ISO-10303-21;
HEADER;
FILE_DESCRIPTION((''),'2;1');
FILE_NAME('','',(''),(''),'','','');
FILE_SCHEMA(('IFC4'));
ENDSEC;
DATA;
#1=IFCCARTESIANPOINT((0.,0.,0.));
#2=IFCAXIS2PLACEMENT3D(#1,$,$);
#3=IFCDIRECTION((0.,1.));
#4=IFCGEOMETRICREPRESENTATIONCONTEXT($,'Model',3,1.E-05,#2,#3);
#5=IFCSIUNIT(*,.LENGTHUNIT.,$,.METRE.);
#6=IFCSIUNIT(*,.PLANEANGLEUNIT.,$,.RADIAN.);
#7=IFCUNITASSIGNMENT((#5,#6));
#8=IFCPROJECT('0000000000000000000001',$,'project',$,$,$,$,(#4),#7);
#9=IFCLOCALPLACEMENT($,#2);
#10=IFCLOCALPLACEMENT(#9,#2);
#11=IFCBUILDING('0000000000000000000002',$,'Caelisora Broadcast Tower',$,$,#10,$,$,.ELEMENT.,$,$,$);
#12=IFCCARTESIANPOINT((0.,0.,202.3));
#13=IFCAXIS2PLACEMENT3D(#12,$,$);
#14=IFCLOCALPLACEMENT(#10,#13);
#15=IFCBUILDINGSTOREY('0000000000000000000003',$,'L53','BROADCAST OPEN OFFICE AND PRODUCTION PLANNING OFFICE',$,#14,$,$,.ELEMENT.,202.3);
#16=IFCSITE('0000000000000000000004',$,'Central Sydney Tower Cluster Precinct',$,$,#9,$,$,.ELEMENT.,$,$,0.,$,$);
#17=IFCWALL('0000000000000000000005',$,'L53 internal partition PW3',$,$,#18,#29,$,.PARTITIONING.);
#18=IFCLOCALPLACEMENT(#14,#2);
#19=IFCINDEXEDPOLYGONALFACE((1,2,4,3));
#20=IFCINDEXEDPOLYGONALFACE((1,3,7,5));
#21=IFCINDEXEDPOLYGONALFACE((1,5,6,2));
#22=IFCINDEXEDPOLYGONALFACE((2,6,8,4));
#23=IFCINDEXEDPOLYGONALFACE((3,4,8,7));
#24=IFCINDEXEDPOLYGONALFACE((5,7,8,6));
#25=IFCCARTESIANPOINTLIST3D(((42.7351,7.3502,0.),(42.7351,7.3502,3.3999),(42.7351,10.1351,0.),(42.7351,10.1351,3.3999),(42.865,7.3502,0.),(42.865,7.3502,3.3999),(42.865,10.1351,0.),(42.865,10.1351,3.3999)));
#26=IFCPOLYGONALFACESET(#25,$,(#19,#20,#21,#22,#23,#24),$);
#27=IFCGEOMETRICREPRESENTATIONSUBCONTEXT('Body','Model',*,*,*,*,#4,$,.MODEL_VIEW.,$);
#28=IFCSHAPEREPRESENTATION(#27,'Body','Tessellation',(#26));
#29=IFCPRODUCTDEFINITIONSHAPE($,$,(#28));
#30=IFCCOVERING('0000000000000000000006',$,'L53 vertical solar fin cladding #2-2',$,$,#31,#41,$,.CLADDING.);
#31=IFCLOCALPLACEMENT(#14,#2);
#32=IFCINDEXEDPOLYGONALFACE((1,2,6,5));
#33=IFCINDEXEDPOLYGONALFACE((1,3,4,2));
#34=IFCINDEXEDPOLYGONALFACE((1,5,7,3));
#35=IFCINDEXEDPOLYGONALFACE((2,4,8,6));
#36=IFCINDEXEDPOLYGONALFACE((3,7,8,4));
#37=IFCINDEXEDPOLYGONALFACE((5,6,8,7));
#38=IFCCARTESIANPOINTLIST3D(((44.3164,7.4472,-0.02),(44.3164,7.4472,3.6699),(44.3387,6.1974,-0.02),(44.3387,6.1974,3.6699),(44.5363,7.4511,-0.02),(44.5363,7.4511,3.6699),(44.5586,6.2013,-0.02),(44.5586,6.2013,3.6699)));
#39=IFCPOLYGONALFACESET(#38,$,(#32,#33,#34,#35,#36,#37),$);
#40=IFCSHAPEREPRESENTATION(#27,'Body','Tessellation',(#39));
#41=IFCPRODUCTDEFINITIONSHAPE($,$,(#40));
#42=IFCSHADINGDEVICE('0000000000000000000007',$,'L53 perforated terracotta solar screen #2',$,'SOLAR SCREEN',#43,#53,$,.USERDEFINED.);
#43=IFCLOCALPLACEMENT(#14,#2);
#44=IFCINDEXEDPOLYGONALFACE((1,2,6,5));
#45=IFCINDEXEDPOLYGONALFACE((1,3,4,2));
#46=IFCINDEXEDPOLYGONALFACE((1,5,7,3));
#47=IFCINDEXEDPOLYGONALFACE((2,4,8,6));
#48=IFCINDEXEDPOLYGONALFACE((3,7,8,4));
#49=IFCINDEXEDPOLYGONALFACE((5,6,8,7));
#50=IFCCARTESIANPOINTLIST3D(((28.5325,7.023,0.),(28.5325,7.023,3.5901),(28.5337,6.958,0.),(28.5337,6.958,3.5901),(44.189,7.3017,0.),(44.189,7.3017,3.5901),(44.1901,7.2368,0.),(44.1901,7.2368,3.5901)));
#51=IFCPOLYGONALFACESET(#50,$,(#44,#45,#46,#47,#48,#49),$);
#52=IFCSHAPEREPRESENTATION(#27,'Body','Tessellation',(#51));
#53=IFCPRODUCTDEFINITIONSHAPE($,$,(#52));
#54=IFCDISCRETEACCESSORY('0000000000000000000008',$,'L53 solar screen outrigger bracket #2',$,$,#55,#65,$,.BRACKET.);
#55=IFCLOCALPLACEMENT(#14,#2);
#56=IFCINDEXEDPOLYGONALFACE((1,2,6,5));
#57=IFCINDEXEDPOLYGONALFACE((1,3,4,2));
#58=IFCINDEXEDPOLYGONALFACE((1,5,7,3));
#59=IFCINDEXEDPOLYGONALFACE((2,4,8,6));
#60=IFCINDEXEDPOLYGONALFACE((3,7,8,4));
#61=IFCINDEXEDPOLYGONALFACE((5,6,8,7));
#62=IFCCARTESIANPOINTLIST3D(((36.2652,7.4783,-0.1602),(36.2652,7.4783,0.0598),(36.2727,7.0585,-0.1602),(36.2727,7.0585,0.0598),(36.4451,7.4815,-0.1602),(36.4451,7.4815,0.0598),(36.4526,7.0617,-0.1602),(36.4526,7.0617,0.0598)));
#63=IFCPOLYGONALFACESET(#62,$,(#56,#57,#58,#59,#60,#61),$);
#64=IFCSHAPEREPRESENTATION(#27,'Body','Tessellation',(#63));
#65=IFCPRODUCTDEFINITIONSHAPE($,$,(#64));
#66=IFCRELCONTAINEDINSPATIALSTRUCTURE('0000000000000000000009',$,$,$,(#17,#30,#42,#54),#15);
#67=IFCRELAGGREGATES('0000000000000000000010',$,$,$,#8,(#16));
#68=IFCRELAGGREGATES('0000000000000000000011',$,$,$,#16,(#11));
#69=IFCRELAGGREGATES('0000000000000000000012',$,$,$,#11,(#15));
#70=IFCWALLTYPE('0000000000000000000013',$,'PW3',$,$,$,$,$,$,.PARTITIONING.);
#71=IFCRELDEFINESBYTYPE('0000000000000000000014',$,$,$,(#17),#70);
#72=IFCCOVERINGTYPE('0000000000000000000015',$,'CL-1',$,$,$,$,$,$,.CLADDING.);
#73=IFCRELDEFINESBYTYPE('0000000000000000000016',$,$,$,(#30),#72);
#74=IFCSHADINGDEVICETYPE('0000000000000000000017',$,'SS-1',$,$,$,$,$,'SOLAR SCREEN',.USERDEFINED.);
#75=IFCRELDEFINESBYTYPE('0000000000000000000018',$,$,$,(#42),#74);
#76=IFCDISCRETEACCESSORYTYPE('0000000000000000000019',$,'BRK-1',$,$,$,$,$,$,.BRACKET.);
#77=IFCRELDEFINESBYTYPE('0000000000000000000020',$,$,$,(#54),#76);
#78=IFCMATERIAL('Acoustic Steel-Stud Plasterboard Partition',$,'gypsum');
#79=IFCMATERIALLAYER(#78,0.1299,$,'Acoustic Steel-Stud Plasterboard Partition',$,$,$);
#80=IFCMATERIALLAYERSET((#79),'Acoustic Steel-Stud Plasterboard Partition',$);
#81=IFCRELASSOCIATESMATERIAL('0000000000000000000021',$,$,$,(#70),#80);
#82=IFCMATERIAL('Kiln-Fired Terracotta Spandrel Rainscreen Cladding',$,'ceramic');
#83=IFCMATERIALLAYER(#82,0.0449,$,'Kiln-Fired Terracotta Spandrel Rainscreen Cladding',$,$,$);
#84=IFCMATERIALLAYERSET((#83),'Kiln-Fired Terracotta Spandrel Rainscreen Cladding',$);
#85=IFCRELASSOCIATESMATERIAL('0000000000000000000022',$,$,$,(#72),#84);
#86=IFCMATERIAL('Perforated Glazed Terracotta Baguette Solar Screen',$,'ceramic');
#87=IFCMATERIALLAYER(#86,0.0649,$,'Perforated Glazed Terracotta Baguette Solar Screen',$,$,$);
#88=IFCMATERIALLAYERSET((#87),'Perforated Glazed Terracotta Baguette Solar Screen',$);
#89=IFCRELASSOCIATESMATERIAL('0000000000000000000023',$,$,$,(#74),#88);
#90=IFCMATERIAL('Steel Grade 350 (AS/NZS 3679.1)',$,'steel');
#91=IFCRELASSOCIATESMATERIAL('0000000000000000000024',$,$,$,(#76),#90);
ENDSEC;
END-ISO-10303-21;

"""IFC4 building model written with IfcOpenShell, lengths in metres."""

from ifc_helpers import new_model, si_unit, direction, frame, frame_2d, origin, origin_2d, place, context, subcontext, project, spatial, rectangle, extrude, source, transform, mapped, material, layer, layer_set, type_object, type_shapes, element, save


model = new_model("IFC4")

# Units and contexts
model_context = context("Model", 3, precision=1e-05, world=origin(), true_north=direction((0.0, 1.0)))
body_context = subcontext(model_context, "Body", "Model", "MODEL_VIEW")
ifc_project = project(units=[si_unit("LENGTHUNIT", "METRE"), si_unit("PLANEANGLEUNIT", "RADIAN")], contexts=[model_context])

# Site, building, storey
site_placement = place(None, origin())
site = spatial("IfcSite", under=ifc_project, at=site_placement, Name="Central Sydney Tower Cluster Precinct", CompositionType="ELEMENT", RefElevation=0.0)
building_placement = place(site_placement, origin())
building = spatial("IfcBuilding", under=site, at=building_placement, Name="Caelisora Broadcast Tower", CompositionType="ELEMENT")
storey_placement = place(building_placement, frame((0.0, 0.0, 202.3)))
storey = spatial("IfcBuildingStorey", under=building, at=storey_placement, Name="L53", Description="BROADCAST OPEN OFFICE AND PRODUCTION PLANNING OFFICE", CompositionType="ELEMENT", Elevation=202.3)

# Shared definitions
ifc_material_1 = material(Name="Steel Grade 350 (AS/NZS 3679.1)", Category="steel")

# Shared definitions
ifc_material_2 = material(Name="Acoustic Steel-Stud Plasterboard Partition", Category="gypsum")
ifc_layer_1 = layer(ifc_material_2, 0.1299, Name="Acoustic Steel-Stud Plasterboard Partition")
ifc_layer_set_1 = layer_set([ifc_layer_1], Name="Acoustic Steel-Stud Plasterboard Partition")
wall_type = type_object("IfcWallType", Name="PW3", PredefinedType="PARTITIONING", material=ifc_layer_set_1)

# Wall
wall_1_placement = place(storey_placement, frame((42.8, 7.3501, 0.0), z_axis=(0.0, 0.0, 1.0), x_axis=(0.0, 1.0, 0.0)))
element("IfcWall", 1, at=wall_1_placement, inside=storey, type_object=wall_type, Name="L53 internal partition PW3", PredefinedType="PARTITIONING", context=body_context, shape_type="SweptSolid", body=[
    extrude(rectangle(XDim=2.7849, YDim=0.1299, at=frame_2d((1.3926, 0.0))), origin(), (0.0, 0.0, 1.0), 3.3999),
])

# Covering
ifc_material_3 = material(Name="Kiln-Fired Terracotta Spandrel Rainscreen Cladding", Category="ceramic")
ifc_layer_2 = layer(ifc_material_3, 0.0449, Name="Kiln-Fired Terracotta Spandrel Rainscreen Cladding")
ifc_layer_set_2 = layer_set([ifc_layer_2], Name="Kiln-Fired Terracotta Spandrel Rainscreen Cladding")
covering_type = type_object("IfcCoveringType", Name="CL-1", PredefinedType="CLADDING", material=ifc_layer_set_2)
shared_shape_1 = source(origin(), body_context, "Body", "SweptSolid", [
    extrude(rectangle(XDim=0.22, YDim=1.25, at=origin_2d()), origin(), (0.0, 0.0, 1.0), 3.6899),
])
type_shapes(covering_type, [shared_shape_1])
covering_placement = place(storey_placement, frame((44.4375, 6.8242, -0.02), z_axis=(0.0, 0.0, 1.0), x_axis=(-0.999842, -0.017801, 0.0)))
element("IfcCovering", 2, at=covering_placement, inside=storey, type_object=covering_type, Name="L53 vertical solar fin cladding #2-2", PredefinedType="CLADDING", context=body_context, shape_type="MappedRepresentation", body=[
    mapped(shared_shape_1, transform((0.0, 0.0, 0.0), scale=1.0)),
])

# Shading device
ifc_material_4 = material(Name="Perforated Glazed Terracotta Baguette Solar Screen", Category="ceramic")
ifc_layer_3 = layer(ifc_material_4, 0.0649, Name="Perforated Glazed Terracotta Baguette Solar Screen")
ifc_layer_set_3 = layer_set([ifc_layer_3], Name="Perforated Glazed Terracotta Baguette Solar Screen")
shading_device_type = type_object("IfcShadingDeviceType", Name="SS-1", ElementType="SOLAR SCREEN", PredefinedType="USERDEFINED", material=ifc_layer_set_3)
shared_shape_2 = source(origin(), body_context, "Body", "SweptSolid", [
    extrude(rectangle(XDim=15.6589, YDim=0.0649, at=origin_2d()), origin(), (0.0, 0.0, 1.0), 3.5901),
])
type_shapes(shading_device_type, [shared_shape_2])
shading_device_placement = place(storey_placement, frame((36.3613, 7.1299, 0.0), z_axis=(0.0, 0.0, 1.0), x_axis=(0.999842, 0.017801, 0.0)))
element("IfcShadingDevice", 3, at=shading_device_placement, inside=storey, type_object=shading_device_type, Name="L53 perforated terracotta solar screen #2", ObjectType="SOLAR SCREEN", PredefinedType="USERDEFINED", context=body_context, shape_type="MappedRepresentation", body=[
    mapped(shared_shape_2, transform((0.0, 0.0, 0.0), scale=1.0)),
])

# Discrete accessory
discrete_accessory_type = type_object("IfcDiscreteAccessoryType", Name="BRK-1", PredefinedType="BRACKET", material=ifc_material_1)
shared_shape_3 = source(origin(), body_context, "Body", "SweptSolid", [
    extrude(rectangle(XDim=0.1799, YDim=0.4199, at=origin_2d()), origin(), (0.0, 0.0, 1.0), 0.22),
])
type_shapes(discrete_accessory_type, [shared_shape_3])
discrete_accessory_placement = place(storey_placement, frame((36.3589, 7.27, -0.1602), z_axis=(0.0, 0.0, 1.0), x_axis=(0.999842, 0.017801, 0.0)))
element("IfcDiscreteAccessory", 4, at=discrete_accessory_placement, inside=storey, type_object=discrete_accessory_type, Name="L53 solar screen outrigger bracket #2", PredefinedType="BRACKET", context=body_context, shape_type="MappedRepresentation", body=[
    mapped(shared_shape_3, transform((0.0, 0.0, 0.0), scale=1.0)),
])

save(model, "model.ifc")
